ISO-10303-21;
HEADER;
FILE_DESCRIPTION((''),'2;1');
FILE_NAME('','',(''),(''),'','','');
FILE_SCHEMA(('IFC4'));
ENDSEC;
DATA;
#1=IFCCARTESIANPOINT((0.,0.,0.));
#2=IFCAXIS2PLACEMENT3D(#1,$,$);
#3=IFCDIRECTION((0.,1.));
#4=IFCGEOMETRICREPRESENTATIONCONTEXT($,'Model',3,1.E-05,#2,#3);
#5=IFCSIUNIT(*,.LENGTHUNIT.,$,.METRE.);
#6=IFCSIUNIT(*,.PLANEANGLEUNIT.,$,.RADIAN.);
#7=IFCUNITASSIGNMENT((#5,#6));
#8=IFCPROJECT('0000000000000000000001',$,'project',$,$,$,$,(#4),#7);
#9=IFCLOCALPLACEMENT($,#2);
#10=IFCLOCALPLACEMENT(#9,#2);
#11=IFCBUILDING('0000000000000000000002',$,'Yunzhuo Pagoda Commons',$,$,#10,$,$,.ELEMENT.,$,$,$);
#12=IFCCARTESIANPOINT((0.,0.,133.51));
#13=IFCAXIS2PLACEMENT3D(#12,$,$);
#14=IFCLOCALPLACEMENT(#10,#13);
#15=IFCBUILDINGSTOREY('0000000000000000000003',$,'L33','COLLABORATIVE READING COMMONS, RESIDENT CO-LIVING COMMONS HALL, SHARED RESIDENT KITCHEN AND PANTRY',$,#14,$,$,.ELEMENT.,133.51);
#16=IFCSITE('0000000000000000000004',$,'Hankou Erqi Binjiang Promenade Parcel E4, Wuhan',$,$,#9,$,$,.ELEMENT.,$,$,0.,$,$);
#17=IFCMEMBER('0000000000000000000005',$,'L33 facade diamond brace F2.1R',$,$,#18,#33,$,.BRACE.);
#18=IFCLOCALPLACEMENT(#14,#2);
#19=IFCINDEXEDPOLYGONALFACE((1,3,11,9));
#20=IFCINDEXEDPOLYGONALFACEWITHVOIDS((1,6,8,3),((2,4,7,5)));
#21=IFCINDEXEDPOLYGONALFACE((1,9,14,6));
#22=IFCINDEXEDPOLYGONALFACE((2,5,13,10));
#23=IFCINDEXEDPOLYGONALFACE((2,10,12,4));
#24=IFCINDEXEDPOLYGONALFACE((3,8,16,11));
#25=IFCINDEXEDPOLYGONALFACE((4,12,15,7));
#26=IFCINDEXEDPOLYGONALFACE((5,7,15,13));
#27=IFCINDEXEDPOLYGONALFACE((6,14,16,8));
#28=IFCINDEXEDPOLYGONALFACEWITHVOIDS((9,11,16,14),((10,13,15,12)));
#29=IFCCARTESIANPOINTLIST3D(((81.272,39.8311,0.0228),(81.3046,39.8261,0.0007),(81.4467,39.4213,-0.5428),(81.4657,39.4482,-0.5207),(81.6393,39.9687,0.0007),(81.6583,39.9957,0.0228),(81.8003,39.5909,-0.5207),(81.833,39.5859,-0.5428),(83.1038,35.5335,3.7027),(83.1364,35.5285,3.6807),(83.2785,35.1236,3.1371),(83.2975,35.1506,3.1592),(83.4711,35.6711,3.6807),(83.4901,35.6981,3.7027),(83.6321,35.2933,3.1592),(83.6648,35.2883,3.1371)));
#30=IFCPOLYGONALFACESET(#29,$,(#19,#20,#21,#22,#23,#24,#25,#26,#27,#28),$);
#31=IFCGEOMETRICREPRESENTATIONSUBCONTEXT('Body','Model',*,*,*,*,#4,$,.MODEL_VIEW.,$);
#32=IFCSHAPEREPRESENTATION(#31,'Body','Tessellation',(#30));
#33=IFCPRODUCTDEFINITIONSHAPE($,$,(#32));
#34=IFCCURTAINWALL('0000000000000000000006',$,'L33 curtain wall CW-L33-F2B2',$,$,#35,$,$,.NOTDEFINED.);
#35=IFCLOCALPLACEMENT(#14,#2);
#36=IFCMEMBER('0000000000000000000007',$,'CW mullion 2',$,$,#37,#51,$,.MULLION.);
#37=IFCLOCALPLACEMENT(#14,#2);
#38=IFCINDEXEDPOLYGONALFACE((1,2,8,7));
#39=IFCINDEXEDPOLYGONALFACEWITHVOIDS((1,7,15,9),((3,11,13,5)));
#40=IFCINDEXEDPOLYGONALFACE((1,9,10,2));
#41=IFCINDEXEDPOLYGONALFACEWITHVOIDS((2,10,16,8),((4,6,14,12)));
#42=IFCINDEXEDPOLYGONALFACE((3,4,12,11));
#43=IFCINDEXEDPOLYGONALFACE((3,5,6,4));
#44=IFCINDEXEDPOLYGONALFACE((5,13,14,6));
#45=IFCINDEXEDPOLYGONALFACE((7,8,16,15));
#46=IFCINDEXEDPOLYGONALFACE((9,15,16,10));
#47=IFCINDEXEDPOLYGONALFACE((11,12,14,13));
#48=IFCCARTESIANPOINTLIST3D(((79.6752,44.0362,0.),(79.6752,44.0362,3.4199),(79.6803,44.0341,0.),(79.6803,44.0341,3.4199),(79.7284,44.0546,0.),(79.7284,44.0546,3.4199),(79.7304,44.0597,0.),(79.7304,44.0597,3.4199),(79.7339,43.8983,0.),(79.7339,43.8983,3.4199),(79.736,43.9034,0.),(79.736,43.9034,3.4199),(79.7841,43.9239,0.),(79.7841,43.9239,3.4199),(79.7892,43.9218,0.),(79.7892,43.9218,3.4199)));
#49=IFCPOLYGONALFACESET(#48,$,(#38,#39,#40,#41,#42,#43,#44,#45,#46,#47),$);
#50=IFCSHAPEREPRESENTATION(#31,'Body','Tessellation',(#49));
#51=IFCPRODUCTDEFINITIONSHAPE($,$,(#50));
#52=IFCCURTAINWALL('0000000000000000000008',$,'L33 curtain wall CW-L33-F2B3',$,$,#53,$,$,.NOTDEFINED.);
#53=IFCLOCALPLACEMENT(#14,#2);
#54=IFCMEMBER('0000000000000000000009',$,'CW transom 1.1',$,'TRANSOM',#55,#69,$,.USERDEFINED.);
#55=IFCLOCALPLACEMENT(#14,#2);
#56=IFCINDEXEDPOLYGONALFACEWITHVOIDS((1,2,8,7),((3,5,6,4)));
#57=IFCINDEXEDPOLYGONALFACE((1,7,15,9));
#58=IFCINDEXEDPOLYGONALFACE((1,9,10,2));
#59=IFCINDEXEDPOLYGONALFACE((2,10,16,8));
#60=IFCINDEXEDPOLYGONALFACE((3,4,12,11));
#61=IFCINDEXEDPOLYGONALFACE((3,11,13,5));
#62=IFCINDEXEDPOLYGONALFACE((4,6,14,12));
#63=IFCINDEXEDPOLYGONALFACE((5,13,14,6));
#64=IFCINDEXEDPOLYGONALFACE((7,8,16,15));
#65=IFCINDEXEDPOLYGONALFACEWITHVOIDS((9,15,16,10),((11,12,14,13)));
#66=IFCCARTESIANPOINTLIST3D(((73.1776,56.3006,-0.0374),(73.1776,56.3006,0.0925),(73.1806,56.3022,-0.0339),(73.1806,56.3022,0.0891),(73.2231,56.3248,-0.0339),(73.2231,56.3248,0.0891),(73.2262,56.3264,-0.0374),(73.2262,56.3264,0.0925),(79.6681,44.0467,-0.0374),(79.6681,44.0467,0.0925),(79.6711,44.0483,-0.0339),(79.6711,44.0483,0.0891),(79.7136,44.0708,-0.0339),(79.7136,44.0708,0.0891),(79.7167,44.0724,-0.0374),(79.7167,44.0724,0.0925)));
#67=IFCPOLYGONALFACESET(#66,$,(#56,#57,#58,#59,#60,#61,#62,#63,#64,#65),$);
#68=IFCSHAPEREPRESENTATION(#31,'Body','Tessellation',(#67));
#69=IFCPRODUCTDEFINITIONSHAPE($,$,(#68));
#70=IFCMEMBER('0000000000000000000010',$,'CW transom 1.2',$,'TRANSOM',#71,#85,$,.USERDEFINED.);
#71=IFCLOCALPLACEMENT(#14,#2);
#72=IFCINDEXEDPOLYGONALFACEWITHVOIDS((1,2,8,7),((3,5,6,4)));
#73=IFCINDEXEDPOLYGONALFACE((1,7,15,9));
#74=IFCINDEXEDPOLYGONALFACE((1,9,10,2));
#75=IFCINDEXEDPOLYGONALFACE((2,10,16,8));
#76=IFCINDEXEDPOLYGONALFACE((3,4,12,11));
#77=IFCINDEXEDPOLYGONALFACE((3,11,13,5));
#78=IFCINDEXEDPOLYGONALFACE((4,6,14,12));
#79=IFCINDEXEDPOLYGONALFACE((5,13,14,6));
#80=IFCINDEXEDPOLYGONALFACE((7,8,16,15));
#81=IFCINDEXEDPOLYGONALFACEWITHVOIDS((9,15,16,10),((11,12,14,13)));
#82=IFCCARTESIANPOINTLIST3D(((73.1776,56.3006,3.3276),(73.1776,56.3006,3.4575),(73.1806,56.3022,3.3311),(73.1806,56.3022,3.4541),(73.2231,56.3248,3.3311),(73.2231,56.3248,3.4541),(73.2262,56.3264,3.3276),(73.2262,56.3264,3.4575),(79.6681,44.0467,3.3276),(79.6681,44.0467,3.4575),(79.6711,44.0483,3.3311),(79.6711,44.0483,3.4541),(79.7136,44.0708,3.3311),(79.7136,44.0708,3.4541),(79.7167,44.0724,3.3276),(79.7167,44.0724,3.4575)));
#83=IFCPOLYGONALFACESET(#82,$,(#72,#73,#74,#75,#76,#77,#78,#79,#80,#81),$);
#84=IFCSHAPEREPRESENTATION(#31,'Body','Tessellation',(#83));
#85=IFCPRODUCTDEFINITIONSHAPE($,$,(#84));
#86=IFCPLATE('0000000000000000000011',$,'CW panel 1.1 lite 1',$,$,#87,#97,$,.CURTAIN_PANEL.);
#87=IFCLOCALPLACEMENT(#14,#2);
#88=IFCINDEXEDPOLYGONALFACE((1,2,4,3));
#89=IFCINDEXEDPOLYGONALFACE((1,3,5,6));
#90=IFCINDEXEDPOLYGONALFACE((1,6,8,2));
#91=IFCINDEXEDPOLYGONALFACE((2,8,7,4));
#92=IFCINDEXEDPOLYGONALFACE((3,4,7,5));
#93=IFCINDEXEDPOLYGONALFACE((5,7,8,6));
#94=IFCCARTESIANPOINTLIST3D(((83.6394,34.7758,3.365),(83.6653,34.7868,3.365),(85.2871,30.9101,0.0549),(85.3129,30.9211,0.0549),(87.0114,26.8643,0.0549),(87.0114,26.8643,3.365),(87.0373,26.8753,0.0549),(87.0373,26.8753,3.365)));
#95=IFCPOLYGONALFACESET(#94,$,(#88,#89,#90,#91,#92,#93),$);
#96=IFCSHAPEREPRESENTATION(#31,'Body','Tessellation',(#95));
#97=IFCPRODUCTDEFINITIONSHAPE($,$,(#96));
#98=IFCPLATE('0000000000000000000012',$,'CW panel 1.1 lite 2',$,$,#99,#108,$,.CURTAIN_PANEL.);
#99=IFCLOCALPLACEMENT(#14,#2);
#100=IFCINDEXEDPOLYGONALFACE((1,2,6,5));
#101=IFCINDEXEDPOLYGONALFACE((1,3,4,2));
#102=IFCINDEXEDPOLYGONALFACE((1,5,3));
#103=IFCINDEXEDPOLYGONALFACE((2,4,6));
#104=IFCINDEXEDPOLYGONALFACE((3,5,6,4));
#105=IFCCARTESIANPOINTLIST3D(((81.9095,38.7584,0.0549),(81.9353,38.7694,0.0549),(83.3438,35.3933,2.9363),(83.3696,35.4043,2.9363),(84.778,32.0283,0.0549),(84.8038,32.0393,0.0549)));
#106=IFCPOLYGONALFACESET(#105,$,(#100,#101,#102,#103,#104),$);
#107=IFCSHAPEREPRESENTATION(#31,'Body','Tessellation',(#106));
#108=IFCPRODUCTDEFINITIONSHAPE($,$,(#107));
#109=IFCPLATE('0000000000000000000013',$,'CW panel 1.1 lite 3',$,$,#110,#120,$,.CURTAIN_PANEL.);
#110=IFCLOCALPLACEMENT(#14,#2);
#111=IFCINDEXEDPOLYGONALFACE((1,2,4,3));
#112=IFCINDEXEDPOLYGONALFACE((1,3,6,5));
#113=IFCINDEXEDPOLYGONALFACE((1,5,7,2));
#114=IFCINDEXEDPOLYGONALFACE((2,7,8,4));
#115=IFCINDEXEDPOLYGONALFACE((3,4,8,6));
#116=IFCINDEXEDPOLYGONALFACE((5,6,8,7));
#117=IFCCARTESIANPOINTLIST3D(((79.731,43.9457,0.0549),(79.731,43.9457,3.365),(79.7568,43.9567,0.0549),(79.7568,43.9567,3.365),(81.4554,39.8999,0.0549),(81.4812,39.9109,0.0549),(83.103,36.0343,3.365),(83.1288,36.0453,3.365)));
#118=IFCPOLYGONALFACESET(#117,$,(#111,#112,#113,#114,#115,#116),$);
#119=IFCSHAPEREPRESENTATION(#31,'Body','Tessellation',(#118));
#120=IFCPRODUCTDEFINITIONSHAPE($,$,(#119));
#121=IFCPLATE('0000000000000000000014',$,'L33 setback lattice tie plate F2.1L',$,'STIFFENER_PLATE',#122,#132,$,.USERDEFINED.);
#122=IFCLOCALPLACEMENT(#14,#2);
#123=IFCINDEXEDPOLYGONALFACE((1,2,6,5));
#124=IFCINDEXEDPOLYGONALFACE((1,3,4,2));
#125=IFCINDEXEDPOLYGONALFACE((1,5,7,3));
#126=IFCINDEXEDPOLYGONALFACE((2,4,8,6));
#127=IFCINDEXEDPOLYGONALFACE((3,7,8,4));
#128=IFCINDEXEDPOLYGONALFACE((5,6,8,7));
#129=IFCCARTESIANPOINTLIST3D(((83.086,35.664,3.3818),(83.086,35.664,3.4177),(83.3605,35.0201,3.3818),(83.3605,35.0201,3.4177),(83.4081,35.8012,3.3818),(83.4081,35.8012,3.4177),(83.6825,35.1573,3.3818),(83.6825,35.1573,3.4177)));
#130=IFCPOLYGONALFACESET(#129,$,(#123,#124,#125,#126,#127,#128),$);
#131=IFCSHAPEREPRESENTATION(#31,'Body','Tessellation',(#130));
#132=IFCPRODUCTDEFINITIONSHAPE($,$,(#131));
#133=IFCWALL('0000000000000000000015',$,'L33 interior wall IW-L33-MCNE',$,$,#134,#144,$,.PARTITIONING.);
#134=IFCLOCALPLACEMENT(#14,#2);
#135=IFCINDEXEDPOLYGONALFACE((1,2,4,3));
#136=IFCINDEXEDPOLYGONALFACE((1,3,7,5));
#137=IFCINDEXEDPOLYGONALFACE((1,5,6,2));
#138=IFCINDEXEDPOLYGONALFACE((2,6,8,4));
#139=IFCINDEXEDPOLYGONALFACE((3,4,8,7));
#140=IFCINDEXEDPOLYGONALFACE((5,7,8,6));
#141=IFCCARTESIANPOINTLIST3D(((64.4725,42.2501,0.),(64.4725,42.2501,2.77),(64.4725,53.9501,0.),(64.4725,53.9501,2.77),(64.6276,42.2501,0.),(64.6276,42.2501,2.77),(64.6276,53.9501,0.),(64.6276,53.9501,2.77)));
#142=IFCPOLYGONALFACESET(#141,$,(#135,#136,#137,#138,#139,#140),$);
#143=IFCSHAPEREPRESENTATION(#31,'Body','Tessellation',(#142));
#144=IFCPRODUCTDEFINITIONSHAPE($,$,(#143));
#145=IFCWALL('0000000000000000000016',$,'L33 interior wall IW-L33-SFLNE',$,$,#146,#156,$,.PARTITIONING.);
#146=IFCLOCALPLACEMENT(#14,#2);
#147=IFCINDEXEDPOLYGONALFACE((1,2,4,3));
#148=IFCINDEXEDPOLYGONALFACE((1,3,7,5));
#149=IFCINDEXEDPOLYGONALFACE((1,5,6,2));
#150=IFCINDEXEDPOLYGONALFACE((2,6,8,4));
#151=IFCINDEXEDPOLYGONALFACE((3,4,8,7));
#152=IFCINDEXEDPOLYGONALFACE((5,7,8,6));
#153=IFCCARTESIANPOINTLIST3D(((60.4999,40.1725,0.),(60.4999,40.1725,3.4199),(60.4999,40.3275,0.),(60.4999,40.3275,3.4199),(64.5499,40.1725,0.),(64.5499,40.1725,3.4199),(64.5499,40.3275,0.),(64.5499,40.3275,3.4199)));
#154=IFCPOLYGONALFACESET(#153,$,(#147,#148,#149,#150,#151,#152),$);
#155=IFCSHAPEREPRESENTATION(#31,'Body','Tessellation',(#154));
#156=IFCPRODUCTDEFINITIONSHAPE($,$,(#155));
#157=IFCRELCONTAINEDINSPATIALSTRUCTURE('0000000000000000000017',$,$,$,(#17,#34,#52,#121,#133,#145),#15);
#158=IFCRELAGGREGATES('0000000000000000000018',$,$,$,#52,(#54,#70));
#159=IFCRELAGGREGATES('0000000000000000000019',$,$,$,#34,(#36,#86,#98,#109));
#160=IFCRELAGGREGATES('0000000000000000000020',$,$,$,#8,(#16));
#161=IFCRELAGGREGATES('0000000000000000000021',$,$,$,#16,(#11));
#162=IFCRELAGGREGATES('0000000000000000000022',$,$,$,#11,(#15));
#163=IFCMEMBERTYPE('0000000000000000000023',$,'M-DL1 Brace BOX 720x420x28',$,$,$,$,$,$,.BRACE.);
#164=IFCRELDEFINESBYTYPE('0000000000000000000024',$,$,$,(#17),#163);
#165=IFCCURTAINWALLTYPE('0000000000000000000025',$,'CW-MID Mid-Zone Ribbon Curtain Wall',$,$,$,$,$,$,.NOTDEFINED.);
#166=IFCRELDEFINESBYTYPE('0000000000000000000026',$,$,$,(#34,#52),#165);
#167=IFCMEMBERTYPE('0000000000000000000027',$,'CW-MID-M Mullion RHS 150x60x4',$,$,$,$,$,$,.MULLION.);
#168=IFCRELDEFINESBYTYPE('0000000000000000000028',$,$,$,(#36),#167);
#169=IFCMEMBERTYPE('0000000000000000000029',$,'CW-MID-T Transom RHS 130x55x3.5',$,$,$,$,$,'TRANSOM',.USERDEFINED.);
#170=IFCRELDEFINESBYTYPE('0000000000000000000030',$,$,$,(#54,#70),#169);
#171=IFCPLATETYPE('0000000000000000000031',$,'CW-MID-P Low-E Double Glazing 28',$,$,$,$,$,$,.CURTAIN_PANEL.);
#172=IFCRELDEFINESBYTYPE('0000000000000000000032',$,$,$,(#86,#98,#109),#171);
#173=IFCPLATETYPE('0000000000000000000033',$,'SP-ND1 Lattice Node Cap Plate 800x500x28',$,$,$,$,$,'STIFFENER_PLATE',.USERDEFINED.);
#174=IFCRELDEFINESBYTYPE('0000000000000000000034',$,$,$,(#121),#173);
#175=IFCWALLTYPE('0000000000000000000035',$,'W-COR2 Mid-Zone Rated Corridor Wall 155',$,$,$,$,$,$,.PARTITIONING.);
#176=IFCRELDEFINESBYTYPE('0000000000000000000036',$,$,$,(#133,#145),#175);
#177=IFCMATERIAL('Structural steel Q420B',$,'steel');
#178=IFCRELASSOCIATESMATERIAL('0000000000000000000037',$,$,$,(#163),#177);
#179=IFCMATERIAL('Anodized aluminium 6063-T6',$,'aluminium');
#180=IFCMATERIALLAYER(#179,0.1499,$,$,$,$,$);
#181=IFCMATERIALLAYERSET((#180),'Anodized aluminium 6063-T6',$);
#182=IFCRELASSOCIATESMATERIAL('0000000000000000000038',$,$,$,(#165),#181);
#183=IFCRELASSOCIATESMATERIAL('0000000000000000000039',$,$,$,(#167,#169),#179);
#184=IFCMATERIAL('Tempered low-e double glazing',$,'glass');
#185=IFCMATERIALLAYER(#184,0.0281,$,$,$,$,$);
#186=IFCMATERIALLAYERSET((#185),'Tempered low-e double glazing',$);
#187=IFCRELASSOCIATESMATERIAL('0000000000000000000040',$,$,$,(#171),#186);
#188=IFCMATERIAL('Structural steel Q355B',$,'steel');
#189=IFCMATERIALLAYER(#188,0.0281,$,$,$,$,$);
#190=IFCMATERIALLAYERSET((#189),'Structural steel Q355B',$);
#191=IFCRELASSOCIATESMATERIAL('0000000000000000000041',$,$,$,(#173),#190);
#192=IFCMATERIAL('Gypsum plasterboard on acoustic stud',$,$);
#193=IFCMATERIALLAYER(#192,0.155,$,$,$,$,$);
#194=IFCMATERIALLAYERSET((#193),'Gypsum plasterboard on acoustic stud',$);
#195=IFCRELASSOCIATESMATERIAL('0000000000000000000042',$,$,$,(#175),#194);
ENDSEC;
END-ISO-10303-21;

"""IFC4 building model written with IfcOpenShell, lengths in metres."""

from ifc_helpers import new_model, si_unit, direction, frame, frame_2d, origin, origin_2d, place, context, subcontext, project, spatial, polyline, rectangle, hollow_rectangle, outline, extrude, source, transform, mapped, material, layer, layer_set, material_profile, profile_set, type_object, element, aggregate, save


model = new_model("IFC4")

# Units and contexts
model_context = context("Model", 3, precision=1e-05, world=origin(), true_north=direction((0.0, 1.0)))
body_context = subcontext(model_context, "Body", "Model", "MODEL_VIEW")
ifc_project = project(units=[si_unit("LENGTHUNIT", "METRE"), si_unit("PLANEANGLEUNIT", "RADIAN")], contexts=[model_context])

# Site, building, storey
site_placement = place(None, origin())
site = spatial("IfcSite", under=ifc_project, at=site_placement, Name="Hankou Erqi Binjiang Promenade Parcel E4, Wuhan", CompositionType="ELEMENT", RefElevation=0.0)
building_placement = place(site_placement, origin())
building = spatial("IfcBuilding", under=site, at=building_placement, Name="Yunzhuo Pagoda Commons", CompositionType="ELEMENT")
storey_placement = place(building_placement, frame((0.0, 0.0, 133.51)))
storey = spatial("IfcBuildingStorey", under=building, at=storey_placement, Name="L33", Description="COLLABORATIVE READING COMMONS, RESIDENT CO-LIVING COMMONS HALL, SHARED RESIDENT KITCHEN AND PANTRY", CompositionType="ELEMENT", Elevation=133.51)

# Shared definitions
ifc_material_1 = material(Name="Structural steel Q420B", Category="steel")

# Shared definitions
ifc_material_2 = material(Name="Structural steel Q355B", Category="steel")

# Member
ifc_material_profile_1 = material_profile(ifc_material_1, hollow_rectangle(XDim=0.4199, YDim=0.72, WallThickness=0.0281, at=origin_2d()), Name="Structural steel Q420B")
ifc_profile_set_1 = profile_set([ifc_material_profile_1], Name="Structural steel Q420B")
member_type_1 = type_object("IfcMemberType", Name="M-DL1 Brace BOX 720x420x28", PredefinedType="BRACE", material=ifc_profile_set_1)
shared_shape_1 = source(origin(), body_context, "Body", "SweptSolid", [
    extrude(hollow_rectangle(XDim=0.4199, YDim=0.72, WallThickness=0.0281, at=origin_2d()), origin(), (0.0, 0.0, 1.0), 5.947),
])
member_1_placement = place(storey_placement, frame((81.5525, 39.7085, -0.26), z_axis=(0.308019, -0.722652, 0.618788), x_axis=(0.919922, 0.392102, 0.0)))
element("IfcMember", 1, at=member_1_placement, inside=storey, type_object=member_type_1, Name="L33 facade diamond brace F2.1R", PredefinedType="BRACE", context=body_context, shape_type="MappedRepresentation", body=[
    mapped(shared_shape_1, transform((0.0, 0.0, 0.0), scale=1.0)),
])

# Curtain wall, member
ifc_material_3 = material(Name="Anodized aluminium 6063-T6", Category="aluminium")
ifc_layer_1 = layer(ifc_material_3, 0.1499)
ifc_layer_set_1 = layer_set([ifc_layer_1], Name="Anodized aluminium 6063-T6")
curtain_wall_type = type_object("IfcCurtainWallType", Name="CW-MID Mid-Zone Ribbon Curtain Wall", PredefinedType="NOTDEFINED", material=ifc_layer_set_1)
curtain_wall_1_placement = place(storey_placement, origin())
curtain_wall_1 = element("IfcCurtainWall", 2, at=curtain_wall_1_placement, inside=storey, type_object=curtain_wall_type, Name="L33 curtain wall CW-L33-F2B2", PredefinedType="NOTDEFINED")
ifc_material_profile_2 = material_profile(ifc_material_3, hollow_rectangle(XDim=0.0601, YDim=0.1499, WallThickness=0.0039, at=origin_2d()), Name="Anodized aluminium 6063-T6")
ifc_profile_set_2 = profile_set([ifc_material_profile_2], Name="Anodized aluminium 6063-T6")
member_type_2 = type_object("IfcMemberType", Name="CW-MID-M Mullion RHS 150x60x4", PredefinedType="MULLION", material=ifc_profile_set_2)
shared_shape_2 = source(origin(), body_context, "Body", "SweptSolid", [
    extrude(hollow_rectangle(XDim=0.0601, YDim=0.1499, WallThickness=0.0039, at=origin_2d()), origin(), (0.0, 0.0, 1.0), 3.4199),
])
member_2_placement = place(storey_placement, frame((79.7322, 43.979, 0.0), z_axis=(0.0, 0.0, 1.0), x_axis=(-0.919928, -0.392087, 0.0)))
member_2 = element("IfcMember", 3, at=member_2_placement, type_object=member_type_2, Name="CW mullion 2", PredefinedType="MULLION", context=body_context, shape_type="MappedRepresentation", body=[
    mapped(shared_shape_2, transform((0.0, 0.0, 0.0), scale=1.0)),
])

# Curtain wall, members
curtain_wall_2_placement = place(storey_placement, origin())
curtain_wall_2 = element("IfcCurtainWall", 4, at=curtain_wall_2_placement, inside=storey, type_object=curtain_wall_type, Name="L33 curtain wall CW-L33-F2B3", PredefinedType="NOTDEFINED")
ifc_material_profile_3 = material_profile(ifc_material_3, hollow_rectangle(XDim=0.0549, YDim=0.1299, WallThickness=0.0034, at=origin_2d()), Name="Anodized aluminium 6063-T6")
ifc_profile_set_3 = profile_set([ifc_material_profile_3], Name="Anodized aluminium 6063-T6")
member_type_3 = type_object("IfcMemberType", Name="CW-MID-T Transom RHS 130x55x3.5", ElementType="TRANSOM", PredefinedType="USERDEFINED", material=ifc_profile_set_3)
shared_shape_3 = source(origin(), body_context, "Body", "SweptSolid", [
    extrude(hollow_rectangle(XDim=0.0549, YDim=0.1299, WallThickness=0.0034, at=origin_2d()), origin(), (0.0, 0.0, 1.0), 13.8667),
])
member_3_placement = place(storey_placement, frame((79.6924, 44.0596, 0.0276), z_axis=(-0.468063, 0.883695, 0.0), x_axis=(-0.883695, -0.468063, 0.0)))
member_3 = element("IfcMember", 5, at=member_3_placement, type_object=member_type_3, Name="CW transom 1.1", ObjectType="TRANSOM", PredefinedType="USERDEFINED", context=body_context, shape_type="MappedRepresentation", body=[
    mapped(shared_shape_3, transform((0.0, 0.0, 0.0), scale=1.0)),
])
member_4_placement = place(storey_placement, frame((79.6924, 44.0596, 3.3926), z_axis=(-0.468063, 0.883695, 0.0), x_axis=(-0.883695, -0.468063, 0.0)))
member_4 = element("IfcMember", 6, at=member_4_placement, type_object=member_type_3, Name="CW transom 1.2", ObjectType="TRANSOM", PredefinedType="USERDEFINED", context=body_context, shape_type="MappedRepresentation", body=[
    mapped(shared_shape_3, transform((0.0, 0.0, 0.0), scale=1.0)),
])
aggregate(curtain_wall_2, [member_3, member_4])

# Plates
ifc_material_4 = material(Name="Tempered low-e double glazing", Category="glass")
ifc_layer_2 = layer(ifc_material_4, 0.0281)
ifc_layer_set_2 = layer_set([ifc_layer_2], Name="Tempered low-e double glazing")
plate_type_1 = type_object("IfcPlateType", Name="CW-MID-P Low-E Double Glazing 28", PredefinedType="CURTAIN_PANEL", material=ifc_layer_set_2)
plate_1_placement = place(storey_placement, frame((85.3254, 30.8201, 1.71), z_axis=(0.919928, 0.392087, 0.0), x_axis=(-0.392087, 0.919928, 0.0)))
plate_1 = element("IfcPlate", 7, at=plate_1_placement, type_object=plate_type_1, Name="CW panel 1.1 lite 1", PredefinedType="CURTAIN_PANEL", context=body_context, shape_type="SweptSolid", body=[
    extrude(outline(polyline([(-4.3, -1.655), (0.0979, -1.655), (4.3, 1.655), (-4.3, 1.655), (-4.3, -1.655)])), origin(), (0.0, 0.0, 1.0), 0.0281),
])
plate_2_placement = place(storey_placement, frame((83.3438, 35.3933, 1.4956), z_axis=(0.919928, 0.392087, 0.0), x_axis=(-0.392087, 0.919928, 0.0)))
plate_2 = element("IfcPlate", 8, at=plate_2_placement, type_object=plate_type_1, Name="CW panel 1.1 lite 2", PredefinedType="CURTAIN_PANEL", context=body_context, shape_type="SweptSolid", body=[
    extrude(outline(polyline([(-3.658, -1.4407), (3.658, -1.4407), (0.0, 1.4407), (-3.658, -1.4407)])), origin(), (0.0, 0.0, 1.0), 0.0281),
])
plate_3_placement = place(storey_placement, frame((81.417, 39.99, 1.71), z_axis=(0.919928, 0.392087, 0.0), x_axis=(-0.392087, 0.919928, 0.0)))
plate_3 = element("IfcPlate", 9, at=plate_3_placement, type_object=plate_type_1, Name="CW panel 1.1 lite 3", PredefinedType="CURTAIN_PANEL", context=body_context, shape_type="SweptSolid", body=[
    extrude(outline(polyline([(-4.3, 1.655), (-0.0979, -1.655), (4.3, -1.655), (4.3, 1.655), (-4.3, 1.655)])), origin(), (0.0, 0.0, 1.0), 0.0281),
])
aggregate(curtain_wall_1, [member_2, plate_1, plate_2, plate_3])
ifc_layer_3 = layer(ifc_material_2, 0.0281)
ifc_layer_set_3 = layer_set([ifc_layer_3], Name="Structural steel Q355B")
plate_type_2 = type_object("IfcPlateType", Name="SP-ND1 Lattice Node Cap Plate 800x500x28", ElementType="STIFFENER_PLATE", PredefinedType="USERDEFINED", material=ifc_layer_set_3)
shared_shape_4 = source(origin(), body_context, "Body", "SweptSolid", [
    extrude(rectangle(XDim=0.7, YDim=0.3501, at=origin_2d()), origin(), (0.0, 0.0, 1.0), 0.0359),
])
plate_4_placement = place(storey_placement, frame((83.3843, 35.4106, 3.3818), z_axis=(0.0, 0.0, 1.0), x_axis=(-0.39208, 0.919931, 0.0)))
element("IfcPlate", 10, at=plate_4_placement, inside=storey, type_object=plate_type_2, Name="L33 setback lattice tie plate F2.1L", ObjectType="STIFFENER_PLATE", PredefinedType="USERDEFINED", context=body_context, shape_type="MappedRepresentation", body=[
    mapped(shared_shape_4, transform((0.0, 0.0, 0.0), scale=1.0)),
])

# Walls
ifc_material_5 = material(Name="Gypsum plasterboard on acoustic stud")
ifc_layer_4 = layer(ifc_material_5, 0.155)
ifc_layer_set_4 = layer_set([ifc_layer_4], Name="Gypsum plasterboard on acoustic stud")
wall_type_1 = type_object("IfcWallType", Name="W-COR2 Mid-Zone Rated Corridor Wall 155", PredefinedType="PARTITIONING", material=ifc_layer_set_4)
wall_1_placement = place(storey_placement, frame((64.55, 42.25, 0.0), z_axis=(0.0, 0.0, 1.0), x_axis=(0.0, 1.0, 0.0)))
element("IfcWall", 11, at=wall_1_placement, inside=storey, type_object=wall_type_1, Name="L33 interior wall IW-L33-MCNE", PredefinedType="PARTITIONING", context=body_context, shape_type="SweptSolid", body=[
    extrude(rectangle(XDim=11.7, YDim=0.155, at=frame_2d((5.8501, 0.0))), origin(), (0.0, 0.0, 1.0), 2.77),
])
wall_2_placement = place(storey_placement, frame((60.5, 40.25, 0.0), z_axis=(0.0, 0.0, 1.0), x_axis=(1.0, 0.0, 0.0)))
element("IfcWall", 12, at=wall_2_placement, inside=storey, type_object=wall_type_1, Name="L33 interior wall IW-L33-SFLNE", PredefinedType="PARTITIONING", context=body_context, shape_type="SweptSolid", body=[
    extrude(rectangle(XDim=4.05, YDim=0.155, at=frame_2d((2.0249, 0.0))), origin(), (0.0, 0.0, 1.0), 3.4199),
])

save(model, "model.ifc")
